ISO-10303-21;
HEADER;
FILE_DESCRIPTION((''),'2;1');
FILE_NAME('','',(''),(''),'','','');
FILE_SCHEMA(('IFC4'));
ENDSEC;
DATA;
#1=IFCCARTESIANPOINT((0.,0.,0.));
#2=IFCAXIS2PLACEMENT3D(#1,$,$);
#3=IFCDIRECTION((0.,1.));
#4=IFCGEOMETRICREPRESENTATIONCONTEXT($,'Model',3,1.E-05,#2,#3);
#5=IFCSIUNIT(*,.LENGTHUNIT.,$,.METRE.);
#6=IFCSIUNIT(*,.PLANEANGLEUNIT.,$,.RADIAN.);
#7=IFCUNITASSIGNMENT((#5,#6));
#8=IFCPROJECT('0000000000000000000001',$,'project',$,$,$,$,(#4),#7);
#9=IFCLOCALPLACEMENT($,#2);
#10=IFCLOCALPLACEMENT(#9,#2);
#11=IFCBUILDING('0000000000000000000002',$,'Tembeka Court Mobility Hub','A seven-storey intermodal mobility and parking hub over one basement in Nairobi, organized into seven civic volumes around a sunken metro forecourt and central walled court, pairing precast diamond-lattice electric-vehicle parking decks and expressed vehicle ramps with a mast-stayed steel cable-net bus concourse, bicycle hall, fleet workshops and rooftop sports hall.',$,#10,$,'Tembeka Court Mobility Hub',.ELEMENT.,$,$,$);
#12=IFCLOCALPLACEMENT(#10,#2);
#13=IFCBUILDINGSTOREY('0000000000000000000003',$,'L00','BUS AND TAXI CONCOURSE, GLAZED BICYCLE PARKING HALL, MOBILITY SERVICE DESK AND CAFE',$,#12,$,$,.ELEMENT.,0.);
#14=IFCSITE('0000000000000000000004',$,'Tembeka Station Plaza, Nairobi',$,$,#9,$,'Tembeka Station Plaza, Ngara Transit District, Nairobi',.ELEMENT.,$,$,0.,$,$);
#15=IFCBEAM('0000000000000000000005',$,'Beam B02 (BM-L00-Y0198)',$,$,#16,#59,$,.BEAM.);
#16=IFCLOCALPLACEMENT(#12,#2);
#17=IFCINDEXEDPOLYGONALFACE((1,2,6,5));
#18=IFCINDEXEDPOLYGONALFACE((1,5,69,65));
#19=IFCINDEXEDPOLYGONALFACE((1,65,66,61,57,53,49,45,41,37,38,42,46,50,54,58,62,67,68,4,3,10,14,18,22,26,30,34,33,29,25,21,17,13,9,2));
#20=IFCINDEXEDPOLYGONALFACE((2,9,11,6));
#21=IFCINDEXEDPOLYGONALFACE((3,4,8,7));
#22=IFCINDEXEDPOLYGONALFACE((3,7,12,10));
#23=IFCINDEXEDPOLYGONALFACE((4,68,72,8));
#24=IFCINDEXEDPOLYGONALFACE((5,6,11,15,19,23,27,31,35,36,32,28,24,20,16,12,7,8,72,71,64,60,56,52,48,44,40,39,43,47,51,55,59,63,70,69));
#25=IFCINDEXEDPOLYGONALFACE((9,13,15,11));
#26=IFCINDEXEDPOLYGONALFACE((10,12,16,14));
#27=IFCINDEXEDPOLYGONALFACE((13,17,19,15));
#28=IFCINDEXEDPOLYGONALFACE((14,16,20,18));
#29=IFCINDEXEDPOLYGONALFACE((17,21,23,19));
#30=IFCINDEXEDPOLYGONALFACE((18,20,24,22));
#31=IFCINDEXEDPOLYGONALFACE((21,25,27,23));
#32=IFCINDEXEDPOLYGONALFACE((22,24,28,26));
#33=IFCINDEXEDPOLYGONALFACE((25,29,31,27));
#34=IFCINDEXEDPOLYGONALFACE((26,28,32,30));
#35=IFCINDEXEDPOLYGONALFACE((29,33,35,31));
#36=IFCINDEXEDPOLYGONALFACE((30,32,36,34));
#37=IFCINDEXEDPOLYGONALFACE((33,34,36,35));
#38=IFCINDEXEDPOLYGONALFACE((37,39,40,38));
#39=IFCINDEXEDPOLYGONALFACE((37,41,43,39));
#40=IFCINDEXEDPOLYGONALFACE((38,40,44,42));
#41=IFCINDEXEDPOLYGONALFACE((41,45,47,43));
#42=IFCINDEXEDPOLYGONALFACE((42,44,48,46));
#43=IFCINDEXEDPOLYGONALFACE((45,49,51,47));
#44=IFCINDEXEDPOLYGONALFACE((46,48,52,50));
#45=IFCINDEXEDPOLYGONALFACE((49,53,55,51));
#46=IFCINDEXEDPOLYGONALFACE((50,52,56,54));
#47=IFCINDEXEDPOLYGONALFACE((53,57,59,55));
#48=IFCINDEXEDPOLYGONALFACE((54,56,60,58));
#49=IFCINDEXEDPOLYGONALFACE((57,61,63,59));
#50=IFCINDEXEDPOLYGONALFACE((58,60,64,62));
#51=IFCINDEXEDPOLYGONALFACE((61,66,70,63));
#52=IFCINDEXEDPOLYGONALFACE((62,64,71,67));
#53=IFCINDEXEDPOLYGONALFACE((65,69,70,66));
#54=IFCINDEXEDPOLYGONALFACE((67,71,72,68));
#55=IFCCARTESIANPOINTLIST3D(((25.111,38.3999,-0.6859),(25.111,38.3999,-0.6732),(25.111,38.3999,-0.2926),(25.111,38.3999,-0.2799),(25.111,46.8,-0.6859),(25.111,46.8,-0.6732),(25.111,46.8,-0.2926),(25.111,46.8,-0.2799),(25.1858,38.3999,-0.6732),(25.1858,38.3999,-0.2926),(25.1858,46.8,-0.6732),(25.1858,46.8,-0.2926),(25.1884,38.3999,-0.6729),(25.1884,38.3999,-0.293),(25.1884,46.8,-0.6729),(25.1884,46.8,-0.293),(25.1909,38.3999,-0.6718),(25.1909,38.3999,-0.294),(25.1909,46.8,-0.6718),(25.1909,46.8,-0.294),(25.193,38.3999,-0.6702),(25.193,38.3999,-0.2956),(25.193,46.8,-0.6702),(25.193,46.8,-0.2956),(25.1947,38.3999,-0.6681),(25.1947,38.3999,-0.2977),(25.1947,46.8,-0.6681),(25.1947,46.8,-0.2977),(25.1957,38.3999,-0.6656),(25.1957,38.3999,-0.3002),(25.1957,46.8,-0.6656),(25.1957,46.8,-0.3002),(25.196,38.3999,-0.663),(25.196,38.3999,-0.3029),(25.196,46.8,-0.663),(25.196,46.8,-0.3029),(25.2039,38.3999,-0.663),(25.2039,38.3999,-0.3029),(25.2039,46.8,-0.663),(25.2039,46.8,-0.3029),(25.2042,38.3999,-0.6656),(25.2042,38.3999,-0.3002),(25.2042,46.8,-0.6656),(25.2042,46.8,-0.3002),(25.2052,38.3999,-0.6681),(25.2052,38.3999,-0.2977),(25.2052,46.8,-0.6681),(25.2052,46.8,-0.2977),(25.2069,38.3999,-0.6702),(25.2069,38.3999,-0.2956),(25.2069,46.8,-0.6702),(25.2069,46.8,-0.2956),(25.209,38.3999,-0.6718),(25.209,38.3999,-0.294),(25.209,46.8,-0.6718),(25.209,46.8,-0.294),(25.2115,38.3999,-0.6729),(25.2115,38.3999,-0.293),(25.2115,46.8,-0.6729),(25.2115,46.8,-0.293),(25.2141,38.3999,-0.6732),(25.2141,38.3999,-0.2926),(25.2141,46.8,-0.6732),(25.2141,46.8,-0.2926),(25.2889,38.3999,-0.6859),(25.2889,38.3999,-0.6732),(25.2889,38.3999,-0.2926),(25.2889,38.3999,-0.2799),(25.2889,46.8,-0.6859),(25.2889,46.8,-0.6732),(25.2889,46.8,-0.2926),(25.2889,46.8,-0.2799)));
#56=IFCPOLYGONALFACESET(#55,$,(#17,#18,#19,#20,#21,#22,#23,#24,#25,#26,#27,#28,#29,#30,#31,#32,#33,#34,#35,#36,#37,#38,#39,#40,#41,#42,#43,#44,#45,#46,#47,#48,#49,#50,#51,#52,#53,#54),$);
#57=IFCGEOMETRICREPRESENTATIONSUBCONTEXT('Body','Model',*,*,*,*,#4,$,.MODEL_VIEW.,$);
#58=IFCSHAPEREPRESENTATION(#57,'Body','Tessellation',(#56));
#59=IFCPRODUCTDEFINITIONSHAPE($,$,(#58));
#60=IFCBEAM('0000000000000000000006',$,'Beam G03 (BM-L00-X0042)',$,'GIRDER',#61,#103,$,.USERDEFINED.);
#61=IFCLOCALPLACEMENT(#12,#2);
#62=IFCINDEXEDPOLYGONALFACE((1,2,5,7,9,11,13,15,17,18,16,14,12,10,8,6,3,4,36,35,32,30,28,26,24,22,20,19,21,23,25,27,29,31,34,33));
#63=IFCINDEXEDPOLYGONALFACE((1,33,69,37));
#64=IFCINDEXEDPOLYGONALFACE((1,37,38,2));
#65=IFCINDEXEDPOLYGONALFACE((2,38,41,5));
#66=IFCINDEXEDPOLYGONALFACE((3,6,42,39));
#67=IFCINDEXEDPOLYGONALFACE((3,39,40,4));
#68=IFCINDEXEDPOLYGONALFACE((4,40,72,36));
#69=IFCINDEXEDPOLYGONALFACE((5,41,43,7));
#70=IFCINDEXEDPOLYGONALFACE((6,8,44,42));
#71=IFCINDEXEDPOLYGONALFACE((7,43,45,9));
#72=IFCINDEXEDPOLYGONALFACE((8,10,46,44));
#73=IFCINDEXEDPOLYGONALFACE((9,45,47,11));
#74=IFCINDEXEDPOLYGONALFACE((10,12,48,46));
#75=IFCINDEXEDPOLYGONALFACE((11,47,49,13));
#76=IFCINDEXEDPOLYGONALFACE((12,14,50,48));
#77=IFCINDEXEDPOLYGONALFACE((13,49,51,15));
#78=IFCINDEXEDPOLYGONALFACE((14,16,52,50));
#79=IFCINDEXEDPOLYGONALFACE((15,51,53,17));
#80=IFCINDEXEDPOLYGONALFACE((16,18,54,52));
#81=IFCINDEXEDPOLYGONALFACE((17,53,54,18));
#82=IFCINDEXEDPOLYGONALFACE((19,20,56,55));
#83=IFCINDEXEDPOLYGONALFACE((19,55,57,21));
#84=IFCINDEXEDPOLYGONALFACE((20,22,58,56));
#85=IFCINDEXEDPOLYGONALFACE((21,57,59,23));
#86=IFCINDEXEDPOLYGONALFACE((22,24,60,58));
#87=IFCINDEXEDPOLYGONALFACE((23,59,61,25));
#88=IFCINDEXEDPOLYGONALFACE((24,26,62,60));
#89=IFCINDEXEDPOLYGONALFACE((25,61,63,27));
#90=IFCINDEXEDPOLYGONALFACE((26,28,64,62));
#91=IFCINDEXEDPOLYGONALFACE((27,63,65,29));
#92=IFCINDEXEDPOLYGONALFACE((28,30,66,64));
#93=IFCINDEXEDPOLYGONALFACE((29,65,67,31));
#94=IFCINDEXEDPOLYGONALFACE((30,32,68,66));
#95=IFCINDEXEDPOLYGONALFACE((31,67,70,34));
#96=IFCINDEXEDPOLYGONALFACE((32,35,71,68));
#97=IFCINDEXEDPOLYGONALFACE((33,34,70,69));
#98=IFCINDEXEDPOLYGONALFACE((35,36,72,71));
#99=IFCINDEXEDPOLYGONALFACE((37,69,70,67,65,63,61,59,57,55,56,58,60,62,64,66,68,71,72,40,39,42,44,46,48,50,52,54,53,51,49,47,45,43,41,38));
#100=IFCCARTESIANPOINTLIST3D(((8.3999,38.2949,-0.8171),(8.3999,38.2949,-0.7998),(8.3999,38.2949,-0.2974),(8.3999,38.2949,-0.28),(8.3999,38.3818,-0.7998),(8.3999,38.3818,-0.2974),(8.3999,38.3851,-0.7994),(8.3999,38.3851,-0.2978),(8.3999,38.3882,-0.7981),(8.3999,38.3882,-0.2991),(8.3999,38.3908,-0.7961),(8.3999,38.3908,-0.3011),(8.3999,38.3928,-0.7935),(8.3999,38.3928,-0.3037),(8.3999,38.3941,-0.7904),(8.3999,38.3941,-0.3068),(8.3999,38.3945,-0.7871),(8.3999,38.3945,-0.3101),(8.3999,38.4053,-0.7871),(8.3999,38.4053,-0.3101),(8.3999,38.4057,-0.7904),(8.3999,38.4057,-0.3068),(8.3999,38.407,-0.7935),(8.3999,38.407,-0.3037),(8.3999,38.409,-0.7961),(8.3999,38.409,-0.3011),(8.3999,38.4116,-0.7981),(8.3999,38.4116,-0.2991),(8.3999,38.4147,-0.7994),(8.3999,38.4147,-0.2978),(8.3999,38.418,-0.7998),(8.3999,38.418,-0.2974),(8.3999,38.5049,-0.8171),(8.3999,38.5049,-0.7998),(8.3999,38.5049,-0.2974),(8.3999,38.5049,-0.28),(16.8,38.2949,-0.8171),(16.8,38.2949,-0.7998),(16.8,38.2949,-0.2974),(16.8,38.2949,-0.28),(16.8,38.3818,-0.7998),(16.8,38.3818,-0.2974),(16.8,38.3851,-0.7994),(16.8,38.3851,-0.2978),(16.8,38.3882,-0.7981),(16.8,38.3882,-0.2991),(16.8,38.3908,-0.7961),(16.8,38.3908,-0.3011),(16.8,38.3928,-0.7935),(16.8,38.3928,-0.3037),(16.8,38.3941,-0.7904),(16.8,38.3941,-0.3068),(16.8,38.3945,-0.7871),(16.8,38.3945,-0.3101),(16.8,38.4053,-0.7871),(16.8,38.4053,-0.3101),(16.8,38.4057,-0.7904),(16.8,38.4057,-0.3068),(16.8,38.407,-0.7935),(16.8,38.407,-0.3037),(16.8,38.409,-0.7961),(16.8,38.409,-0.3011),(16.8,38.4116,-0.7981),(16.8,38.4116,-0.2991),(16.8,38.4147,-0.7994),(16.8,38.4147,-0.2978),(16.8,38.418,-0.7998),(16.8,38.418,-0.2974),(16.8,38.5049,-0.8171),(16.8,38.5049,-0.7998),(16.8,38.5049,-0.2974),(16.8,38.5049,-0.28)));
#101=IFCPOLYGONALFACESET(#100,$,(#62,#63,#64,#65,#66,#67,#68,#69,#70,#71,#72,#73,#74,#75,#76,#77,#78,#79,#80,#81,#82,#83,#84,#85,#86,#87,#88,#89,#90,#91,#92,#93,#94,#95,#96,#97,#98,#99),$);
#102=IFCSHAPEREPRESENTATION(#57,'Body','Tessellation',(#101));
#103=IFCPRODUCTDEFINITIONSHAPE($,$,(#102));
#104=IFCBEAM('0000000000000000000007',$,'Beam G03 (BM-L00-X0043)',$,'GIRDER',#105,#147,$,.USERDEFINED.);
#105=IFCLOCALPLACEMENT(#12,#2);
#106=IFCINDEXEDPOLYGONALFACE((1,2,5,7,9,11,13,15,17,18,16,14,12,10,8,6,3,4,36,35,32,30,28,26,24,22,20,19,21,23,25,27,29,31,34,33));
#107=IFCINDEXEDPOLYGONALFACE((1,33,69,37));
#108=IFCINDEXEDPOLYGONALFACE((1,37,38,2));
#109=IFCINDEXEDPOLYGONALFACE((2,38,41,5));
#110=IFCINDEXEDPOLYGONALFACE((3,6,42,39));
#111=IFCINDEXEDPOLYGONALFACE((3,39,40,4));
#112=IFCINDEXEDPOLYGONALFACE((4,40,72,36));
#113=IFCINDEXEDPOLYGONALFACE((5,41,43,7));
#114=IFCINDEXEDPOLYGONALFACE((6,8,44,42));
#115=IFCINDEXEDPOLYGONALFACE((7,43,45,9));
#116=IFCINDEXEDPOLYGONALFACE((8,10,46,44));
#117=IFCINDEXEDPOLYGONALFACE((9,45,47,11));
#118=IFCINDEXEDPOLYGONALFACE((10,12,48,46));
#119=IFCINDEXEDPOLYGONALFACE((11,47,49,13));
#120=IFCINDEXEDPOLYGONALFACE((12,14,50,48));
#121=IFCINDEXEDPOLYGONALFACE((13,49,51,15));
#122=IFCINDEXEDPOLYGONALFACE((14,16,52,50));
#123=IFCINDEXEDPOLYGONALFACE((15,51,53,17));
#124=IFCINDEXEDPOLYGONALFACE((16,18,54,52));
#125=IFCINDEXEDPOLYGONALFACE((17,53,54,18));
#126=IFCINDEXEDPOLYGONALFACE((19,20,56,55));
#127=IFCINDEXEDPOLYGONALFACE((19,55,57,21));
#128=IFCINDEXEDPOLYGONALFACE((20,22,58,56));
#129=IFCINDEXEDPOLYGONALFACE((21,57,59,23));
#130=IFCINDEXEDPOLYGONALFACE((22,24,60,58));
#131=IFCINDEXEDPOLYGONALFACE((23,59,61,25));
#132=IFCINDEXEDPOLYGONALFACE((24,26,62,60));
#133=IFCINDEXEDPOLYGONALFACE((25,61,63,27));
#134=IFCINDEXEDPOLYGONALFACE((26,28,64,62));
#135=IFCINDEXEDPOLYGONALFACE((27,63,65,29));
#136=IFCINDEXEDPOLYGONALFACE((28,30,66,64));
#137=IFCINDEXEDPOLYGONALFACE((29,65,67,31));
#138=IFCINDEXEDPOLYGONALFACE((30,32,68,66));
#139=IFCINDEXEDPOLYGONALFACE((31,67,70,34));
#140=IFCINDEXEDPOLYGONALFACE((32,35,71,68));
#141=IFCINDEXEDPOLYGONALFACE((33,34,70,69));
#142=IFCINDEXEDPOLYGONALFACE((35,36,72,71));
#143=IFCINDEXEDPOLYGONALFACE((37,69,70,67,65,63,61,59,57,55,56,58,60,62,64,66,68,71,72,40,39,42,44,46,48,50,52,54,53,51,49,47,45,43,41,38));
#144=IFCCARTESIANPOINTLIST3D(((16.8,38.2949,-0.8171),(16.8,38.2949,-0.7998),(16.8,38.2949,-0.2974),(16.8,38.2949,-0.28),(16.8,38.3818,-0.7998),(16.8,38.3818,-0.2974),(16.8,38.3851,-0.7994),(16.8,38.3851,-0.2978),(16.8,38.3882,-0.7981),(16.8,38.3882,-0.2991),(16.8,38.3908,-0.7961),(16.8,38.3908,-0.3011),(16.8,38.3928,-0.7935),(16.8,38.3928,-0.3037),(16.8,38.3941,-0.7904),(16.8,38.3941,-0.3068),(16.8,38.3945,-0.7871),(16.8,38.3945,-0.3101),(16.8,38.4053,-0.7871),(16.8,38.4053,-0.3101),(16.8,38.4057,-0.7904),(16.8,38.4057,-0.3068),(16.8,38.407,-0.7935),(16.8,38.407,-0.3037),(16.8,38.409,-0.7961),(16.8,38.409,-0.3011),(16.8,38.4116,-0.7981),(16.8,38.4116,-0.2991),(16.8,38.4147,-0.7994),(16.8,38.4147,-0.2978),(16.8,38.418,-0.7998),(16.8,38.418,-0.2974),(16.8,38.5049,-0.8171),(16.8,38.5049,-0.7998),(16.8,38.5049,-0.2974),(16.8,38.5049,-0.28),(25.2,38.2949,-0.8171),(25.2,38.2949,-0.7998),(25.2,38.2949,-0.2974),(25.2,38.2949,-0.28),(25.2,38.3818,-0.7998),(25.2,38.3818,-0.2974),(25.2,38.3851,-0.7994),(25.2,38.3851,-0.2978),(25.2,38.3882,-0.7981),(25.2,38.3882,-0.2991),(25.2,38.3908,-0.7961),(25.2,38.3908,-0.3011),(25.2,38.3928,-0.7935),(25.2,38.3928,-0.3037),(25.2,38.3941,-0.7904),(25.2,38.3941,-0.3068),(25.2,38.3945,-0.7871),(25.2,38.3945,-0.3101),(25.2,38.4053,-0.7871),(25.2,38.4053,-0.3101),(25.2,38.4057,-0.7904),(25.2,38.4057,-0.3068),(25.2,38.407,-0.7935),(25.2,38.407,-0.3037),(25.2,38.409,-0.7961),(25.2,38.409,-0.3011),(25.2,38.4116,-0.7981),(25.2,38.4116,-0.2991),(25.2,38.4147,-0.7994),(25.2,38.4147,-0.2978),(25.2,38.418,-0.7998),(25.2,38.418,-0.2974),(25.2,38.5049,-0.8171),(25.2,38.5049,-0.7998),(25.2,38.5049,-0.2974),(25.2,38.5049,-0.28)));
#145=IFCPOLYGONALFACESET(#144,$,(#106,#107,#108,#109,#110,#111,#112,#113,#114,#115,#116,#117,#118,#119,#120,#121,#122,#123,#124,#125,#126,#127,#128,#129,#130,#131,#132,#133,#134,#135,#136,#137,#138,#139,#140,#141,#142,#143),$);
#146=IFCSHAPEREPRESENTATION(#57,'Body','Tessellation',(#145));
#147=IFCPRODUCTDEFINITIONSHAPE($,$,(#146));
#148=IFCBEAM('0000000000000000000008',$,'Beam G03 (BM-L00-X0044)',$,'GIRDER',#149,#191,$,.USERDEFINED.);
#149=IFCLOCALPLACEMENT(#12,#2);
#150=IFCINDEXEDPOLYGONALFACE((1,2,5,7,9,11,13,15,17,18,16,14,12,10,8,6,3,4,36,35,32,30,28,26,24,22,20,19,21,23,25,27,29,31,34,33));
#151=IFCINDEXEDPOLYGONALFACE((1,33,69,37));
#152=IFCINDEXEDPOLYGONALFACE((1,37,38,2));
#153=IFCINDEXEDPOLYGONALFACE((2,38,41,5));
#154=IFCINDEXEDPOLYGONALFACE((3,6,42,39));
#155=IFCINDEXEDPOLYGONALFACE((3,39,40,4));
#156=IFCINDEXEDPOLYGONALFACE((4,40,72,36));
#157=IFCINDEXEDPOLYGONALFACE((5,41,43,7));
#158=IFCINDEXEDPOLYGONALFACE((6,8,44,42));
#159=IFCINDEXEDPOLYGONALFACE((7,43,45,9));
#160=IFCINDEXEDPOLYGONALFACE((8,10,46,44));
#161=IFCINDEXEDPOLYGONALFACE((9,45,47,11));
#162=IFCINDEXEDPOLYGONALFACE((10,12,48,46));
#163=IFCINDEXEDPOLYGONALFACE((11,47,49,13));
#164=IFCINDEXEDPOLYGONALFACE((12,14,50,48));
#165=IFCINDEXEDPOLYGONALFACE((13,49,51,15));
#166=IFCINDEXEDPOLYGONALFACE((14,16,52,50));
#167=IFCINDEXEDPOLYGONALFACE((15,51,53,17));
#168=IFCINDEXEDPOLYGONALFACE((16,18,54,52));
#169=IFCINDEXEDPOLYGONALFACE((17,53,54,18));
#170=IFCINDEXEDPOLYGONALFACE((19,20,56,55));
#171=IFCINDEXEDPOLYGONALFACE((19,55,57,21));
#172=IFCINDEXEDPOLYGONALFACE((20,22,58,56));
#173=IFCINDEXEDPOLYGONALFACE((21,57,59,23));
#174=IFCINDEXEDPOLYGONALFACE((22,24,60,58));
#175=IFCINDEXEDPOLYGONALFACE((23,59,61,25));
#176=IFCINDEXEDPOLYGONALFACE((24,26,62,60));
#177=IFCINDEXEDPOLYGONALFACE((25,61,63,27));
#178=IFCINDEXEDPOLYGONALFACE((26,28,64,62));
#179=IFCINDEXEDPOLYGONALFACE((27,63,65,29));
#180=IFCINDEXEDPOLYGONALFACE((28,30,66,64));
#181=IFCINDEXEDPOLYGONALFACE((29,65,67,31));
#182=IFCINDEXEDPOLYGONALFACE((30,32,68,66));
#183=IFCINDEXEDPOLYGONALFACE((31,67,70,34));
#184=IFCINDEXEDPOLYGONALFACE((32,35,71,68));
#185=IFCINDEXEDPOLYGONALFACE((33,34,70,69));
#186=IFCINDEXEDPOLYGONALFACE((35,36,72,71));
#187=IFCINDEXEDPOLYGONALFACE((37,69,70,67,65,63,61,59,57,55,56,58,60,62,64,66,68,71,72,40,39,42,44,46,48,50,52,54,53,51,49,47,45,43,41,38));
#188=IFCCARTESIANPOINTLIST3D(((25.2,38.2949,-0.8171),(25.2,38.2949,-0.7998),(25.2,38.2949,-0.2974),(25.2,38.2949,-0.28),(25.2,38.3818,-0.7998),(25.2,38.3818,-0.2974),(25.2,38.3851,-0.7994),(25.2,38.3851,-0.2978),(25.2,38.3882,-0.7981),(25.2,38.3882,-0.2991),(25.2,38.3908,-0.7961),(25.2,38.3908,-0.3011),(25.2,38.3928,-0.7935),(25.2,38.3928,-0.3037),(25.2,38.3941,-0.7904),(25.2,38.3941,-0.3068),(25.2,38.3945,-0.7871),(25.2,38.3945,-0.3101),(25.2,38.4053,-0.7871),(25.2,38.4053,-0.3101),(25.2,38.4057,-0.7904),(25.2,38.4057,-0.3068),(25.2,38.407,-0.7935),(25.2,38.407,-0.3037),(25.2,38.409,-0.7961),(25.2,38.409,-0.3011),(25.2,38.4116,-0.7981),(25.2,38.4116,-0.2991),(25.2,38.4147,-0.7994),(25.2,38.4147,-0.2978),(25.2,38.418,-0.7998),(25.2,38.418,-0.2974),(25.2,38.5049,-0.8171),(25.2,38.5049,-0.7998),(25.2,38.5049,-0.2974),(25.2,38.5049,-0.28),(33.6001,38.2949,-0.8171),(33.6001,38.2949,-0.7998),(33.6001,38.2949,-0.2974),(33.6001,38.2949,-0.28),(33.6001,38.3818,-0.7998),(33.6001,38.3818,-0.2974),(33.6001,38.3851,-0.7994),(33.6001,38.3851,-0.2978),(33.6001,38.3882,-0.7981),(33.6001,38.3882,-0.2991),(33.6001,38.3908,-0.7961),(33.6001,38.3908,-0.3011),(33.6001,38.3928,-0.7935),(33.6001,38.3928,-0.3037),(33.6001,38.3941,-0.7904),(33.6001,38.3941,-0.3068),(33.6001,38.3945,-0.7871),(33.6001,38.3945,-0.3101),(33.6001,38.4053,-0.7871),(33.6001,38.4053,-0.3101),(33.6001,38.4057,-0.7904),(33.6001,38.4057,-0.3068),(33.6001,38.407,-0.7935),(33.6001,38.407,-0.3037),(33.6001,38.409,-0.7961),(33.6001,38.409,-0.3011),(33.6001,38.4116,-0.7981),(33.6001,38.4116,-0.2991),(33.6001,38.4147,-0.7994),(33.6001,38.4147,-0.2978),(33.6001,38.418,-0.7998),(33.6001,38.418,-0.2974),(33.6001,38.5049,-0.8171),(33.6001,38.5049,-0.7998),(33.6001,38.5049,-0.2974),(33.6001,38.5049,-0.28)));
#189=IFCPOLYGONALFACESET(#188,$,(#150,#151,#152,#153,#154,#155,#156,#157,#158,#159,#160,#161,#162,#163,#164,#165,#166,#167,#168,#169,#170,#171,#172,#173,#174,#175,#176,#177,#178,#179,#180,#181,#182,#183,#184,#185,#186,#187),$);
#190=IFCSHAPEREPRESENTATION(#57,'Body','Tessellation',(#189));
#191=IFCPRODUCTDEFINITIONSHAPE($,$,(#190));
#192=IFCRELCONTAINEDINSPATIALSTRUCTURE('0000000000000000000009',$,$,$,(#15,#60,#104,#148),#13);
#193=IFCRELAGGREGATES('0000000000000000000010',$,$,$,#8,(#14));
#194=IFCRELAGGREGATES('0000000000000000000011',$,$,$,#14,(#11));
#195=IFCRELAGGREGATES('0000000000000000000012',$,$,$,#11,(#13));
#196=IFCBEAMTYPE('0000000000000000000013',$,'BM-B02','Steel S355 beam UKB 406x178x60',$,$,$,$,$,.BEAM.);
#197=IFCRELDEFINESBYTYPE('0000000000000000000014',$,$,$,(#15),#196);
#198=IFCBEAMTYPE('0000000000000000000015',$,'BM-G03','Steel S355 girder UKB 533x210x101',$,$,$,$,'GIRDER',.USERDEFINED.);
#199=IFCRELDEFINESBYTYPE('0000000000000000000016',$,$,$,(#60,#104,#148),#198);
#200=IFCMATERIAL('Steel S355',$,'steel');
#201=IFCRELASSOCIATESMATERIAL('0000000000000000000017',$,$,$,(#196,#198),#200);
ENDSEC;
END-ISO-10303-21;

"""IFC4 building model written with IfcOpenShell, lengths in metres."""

from ifc_helpers import new_model, si_unit, direction, frame, origin, origin_2d, place, context, subcontext, project, spatial, i_section, extrude, material, material_profile, profile_set, type_object, element, save


model = new_model("IFC4")

# Units and contexts
model_context = context("Model", 3, precision=1e-05, world=origin(), true_north=direction((0.0, 1.0)))
body_context = subcontext(model_context, "Body", "Model", "MODEL_VIEW")
ifc_project = project(units=[si_unit("LENGTHUNIT", "METRE"), si_unit("PLANEANGLEUNIT", "RADIAN")], contexts=[model_context])

# Site, building, storey
site_placement = place(None, origin())
site = spatial("IfcSite", under=ifc_project, at=site_placement, Name="Tembeka Station Plaza, Nairobi", LongName="Tembeka Station Plaza, Ngara Transit District, Nairobi", CompositionType="ELEMENT", RefElevation=0.0)
building_placement = place(site_placement, origin())
building = spatial("IfcBuilding", under=site, at=building_placement, Name="Tembeka Court Mobility Hub", Description="A seven-storey intermodal mobility and parking hub over one basement in Nairobi, organized into seven civic volumes around a sunken metro forecourt and central walled court, pairing precast diamond-lattice electric-vehicle parking decks and expressed vehicle ramps with a mast-stayed steel cable-net bus concourse, bicycle hall, fleet workshops and rooftop sports hall.", LongName="Tembeka Court Mobility Hub", CompositionType="ELEMENT")
storey_placement = place(building_placement, origin())
storey = spatial("IfcBuildingStorey", under=building, at=storey_placement, Name="L00", Description="BUS AND TAXI CONCOURSE, GLAZED BICYCLE PARKING HALL, MOBILITY SERVICE DESK AND CAFE", CompositionType="ELEMENT", Elevation=0.0)

# Shared definitions
ifc_material_1 = material(Name="Steel S355", Category="steel")

# Beams
ifc_material_profile_1 = material_profile(ifc_material_1, i_section(OverallWidth=0.178, OverallDepth=0.406, WebThickness=0.0078, FlangeThickness=0.0127, FilletRadius=0.0103, at=origin_2d()), Name="UKB 406x178x60")
ifc_profile_set_1 = profile_set([ifc_material_profile_1], Name="Steel S355")
beam_type_1 = type_object("IfcBeamType", Name="BM-B02", Description="Steel S355 beam UKB 406x178x60", PredefinedType="BEAM", material=ifc_profile_set_1)
for number, where, z_axis, x_axis, name in (
    (1, (25.2, 38.3999, -0.4829), (0.0, 1.0, 0.0), (-1.0, 0.0, 0.0), "Beam B02 (BM-L00-Y0198)"),
):
    element("IfcBeam", number, at=place(storey_placement, frame(where, z_axis=z_axis, x_axis=x_axis)), inside=storey, type_object=beam_type_1, Name=name, PredefinedType="BEAM", context=body_context, shape_type="SweptSolid", body=[
        extrude(i_section(OverallWidth=0.178, OverallDepth=0.406, WebThickness=0.0078, FlangeThickness=0.0127, FilletRadius=0.0103, at=origin_2d()), origin(), (0.0, 0.0, 1.0), 8.4001),
    ])
ifc_material_profile_2 = material_profile(ifc_material_1, i_section(OverallWidth=0.21, OverallDepth=0.5371, WebThickness=0.0107, FlangeThickness=0.0173, FilletRadius=0.0127, at=origin_2d()), Name="UKB 533x210x101")
ifc_profile_set_2 = profile_set([ifc_material_profile_2], Name="Steel S355")
beam_type_2 = type_object("IfcBeamType", Name="BM-G03", Description="Steel S355 girder UKB 533x210x101", ElementType="GIRDER", PredefinedType="USERDEFINED", material=ifc_profile_set_2)
beam_1_placement = place(storey_placement, frame((8.3999, 38.3999, -0.5486), z_axis=(1.0, 0.0, 0.0), x_axis=(0.0, 1.0, 0.0)))
element("IfcBeam", 2, at=beam_1_placement, inside=storey, type_object=beam_type_2, Name="Beam G03 (BM-L00-X0042)", ObjectType="GIRDER", PredefinedType="USERDEFINED", context=body_context, shape_type="SweptSolid", body=[
    extrude(i_section(OverallWidth=0.21, OverallDepth=0.5371, WebThickness=0.0107, FlangeThickness=0.0173, FilletRadius=0.0127, at=origin_2d()), origin(), (0.0, 0.0, 1.0), 8.4001),
])
beam_2_placement = place(storey_placement, frame((16.8, 38.3999, -0.5486), z_axis=(1.0, 0.0, 0.0), x_axis=(0.0, 1.0, 0.0)))
element("IfcBeam", 3, at=beam_2_placement, inside=storey, type_object=beam_type_2, Name="Beam G03 (BM-L00-X0043)", ObjectType="GIRDER", PredefinedType="USERDEFINED", context=body_context, shape_type="SweptSolid", body=[
    extrude(i_section(OverallWidth=0.21, OverallDepth=0.5371, WebThickness=0.0107, FlangeThickness=0.0173, FilletRadius=0.0127, at=origin_2d()), origin(), (0.0, 0.0, 1.0), 8.3999),
])
beam_3_placement = place(storey_placement, frame((25.2, 38.3999, -0.5486), z_axis=(1.0, 0.0, 0.0), x_axis=(0.0, 1.0, 0.0)))
element("IfcBeam", 4, at=beam_3_placement, inside=storey, type_object=beam_type_2, Name="Beam G03 (BM-L00-X0044)", ObjectType="GIRDER", PredefinedType="USERDEFINED", context=body_context, shape_type="SweptSolid", body=[
    extrude(i_section(OverallWidth=0.21, OverallDepth=0.5371, WebThickness=0.0107, FlangeThickness=0.0173, FilletRadius=0.0127, at=origin_2d()), origin(), (0.0, 0.0, 1.0), 8.4001),
])

save(model, "model.ifc")
